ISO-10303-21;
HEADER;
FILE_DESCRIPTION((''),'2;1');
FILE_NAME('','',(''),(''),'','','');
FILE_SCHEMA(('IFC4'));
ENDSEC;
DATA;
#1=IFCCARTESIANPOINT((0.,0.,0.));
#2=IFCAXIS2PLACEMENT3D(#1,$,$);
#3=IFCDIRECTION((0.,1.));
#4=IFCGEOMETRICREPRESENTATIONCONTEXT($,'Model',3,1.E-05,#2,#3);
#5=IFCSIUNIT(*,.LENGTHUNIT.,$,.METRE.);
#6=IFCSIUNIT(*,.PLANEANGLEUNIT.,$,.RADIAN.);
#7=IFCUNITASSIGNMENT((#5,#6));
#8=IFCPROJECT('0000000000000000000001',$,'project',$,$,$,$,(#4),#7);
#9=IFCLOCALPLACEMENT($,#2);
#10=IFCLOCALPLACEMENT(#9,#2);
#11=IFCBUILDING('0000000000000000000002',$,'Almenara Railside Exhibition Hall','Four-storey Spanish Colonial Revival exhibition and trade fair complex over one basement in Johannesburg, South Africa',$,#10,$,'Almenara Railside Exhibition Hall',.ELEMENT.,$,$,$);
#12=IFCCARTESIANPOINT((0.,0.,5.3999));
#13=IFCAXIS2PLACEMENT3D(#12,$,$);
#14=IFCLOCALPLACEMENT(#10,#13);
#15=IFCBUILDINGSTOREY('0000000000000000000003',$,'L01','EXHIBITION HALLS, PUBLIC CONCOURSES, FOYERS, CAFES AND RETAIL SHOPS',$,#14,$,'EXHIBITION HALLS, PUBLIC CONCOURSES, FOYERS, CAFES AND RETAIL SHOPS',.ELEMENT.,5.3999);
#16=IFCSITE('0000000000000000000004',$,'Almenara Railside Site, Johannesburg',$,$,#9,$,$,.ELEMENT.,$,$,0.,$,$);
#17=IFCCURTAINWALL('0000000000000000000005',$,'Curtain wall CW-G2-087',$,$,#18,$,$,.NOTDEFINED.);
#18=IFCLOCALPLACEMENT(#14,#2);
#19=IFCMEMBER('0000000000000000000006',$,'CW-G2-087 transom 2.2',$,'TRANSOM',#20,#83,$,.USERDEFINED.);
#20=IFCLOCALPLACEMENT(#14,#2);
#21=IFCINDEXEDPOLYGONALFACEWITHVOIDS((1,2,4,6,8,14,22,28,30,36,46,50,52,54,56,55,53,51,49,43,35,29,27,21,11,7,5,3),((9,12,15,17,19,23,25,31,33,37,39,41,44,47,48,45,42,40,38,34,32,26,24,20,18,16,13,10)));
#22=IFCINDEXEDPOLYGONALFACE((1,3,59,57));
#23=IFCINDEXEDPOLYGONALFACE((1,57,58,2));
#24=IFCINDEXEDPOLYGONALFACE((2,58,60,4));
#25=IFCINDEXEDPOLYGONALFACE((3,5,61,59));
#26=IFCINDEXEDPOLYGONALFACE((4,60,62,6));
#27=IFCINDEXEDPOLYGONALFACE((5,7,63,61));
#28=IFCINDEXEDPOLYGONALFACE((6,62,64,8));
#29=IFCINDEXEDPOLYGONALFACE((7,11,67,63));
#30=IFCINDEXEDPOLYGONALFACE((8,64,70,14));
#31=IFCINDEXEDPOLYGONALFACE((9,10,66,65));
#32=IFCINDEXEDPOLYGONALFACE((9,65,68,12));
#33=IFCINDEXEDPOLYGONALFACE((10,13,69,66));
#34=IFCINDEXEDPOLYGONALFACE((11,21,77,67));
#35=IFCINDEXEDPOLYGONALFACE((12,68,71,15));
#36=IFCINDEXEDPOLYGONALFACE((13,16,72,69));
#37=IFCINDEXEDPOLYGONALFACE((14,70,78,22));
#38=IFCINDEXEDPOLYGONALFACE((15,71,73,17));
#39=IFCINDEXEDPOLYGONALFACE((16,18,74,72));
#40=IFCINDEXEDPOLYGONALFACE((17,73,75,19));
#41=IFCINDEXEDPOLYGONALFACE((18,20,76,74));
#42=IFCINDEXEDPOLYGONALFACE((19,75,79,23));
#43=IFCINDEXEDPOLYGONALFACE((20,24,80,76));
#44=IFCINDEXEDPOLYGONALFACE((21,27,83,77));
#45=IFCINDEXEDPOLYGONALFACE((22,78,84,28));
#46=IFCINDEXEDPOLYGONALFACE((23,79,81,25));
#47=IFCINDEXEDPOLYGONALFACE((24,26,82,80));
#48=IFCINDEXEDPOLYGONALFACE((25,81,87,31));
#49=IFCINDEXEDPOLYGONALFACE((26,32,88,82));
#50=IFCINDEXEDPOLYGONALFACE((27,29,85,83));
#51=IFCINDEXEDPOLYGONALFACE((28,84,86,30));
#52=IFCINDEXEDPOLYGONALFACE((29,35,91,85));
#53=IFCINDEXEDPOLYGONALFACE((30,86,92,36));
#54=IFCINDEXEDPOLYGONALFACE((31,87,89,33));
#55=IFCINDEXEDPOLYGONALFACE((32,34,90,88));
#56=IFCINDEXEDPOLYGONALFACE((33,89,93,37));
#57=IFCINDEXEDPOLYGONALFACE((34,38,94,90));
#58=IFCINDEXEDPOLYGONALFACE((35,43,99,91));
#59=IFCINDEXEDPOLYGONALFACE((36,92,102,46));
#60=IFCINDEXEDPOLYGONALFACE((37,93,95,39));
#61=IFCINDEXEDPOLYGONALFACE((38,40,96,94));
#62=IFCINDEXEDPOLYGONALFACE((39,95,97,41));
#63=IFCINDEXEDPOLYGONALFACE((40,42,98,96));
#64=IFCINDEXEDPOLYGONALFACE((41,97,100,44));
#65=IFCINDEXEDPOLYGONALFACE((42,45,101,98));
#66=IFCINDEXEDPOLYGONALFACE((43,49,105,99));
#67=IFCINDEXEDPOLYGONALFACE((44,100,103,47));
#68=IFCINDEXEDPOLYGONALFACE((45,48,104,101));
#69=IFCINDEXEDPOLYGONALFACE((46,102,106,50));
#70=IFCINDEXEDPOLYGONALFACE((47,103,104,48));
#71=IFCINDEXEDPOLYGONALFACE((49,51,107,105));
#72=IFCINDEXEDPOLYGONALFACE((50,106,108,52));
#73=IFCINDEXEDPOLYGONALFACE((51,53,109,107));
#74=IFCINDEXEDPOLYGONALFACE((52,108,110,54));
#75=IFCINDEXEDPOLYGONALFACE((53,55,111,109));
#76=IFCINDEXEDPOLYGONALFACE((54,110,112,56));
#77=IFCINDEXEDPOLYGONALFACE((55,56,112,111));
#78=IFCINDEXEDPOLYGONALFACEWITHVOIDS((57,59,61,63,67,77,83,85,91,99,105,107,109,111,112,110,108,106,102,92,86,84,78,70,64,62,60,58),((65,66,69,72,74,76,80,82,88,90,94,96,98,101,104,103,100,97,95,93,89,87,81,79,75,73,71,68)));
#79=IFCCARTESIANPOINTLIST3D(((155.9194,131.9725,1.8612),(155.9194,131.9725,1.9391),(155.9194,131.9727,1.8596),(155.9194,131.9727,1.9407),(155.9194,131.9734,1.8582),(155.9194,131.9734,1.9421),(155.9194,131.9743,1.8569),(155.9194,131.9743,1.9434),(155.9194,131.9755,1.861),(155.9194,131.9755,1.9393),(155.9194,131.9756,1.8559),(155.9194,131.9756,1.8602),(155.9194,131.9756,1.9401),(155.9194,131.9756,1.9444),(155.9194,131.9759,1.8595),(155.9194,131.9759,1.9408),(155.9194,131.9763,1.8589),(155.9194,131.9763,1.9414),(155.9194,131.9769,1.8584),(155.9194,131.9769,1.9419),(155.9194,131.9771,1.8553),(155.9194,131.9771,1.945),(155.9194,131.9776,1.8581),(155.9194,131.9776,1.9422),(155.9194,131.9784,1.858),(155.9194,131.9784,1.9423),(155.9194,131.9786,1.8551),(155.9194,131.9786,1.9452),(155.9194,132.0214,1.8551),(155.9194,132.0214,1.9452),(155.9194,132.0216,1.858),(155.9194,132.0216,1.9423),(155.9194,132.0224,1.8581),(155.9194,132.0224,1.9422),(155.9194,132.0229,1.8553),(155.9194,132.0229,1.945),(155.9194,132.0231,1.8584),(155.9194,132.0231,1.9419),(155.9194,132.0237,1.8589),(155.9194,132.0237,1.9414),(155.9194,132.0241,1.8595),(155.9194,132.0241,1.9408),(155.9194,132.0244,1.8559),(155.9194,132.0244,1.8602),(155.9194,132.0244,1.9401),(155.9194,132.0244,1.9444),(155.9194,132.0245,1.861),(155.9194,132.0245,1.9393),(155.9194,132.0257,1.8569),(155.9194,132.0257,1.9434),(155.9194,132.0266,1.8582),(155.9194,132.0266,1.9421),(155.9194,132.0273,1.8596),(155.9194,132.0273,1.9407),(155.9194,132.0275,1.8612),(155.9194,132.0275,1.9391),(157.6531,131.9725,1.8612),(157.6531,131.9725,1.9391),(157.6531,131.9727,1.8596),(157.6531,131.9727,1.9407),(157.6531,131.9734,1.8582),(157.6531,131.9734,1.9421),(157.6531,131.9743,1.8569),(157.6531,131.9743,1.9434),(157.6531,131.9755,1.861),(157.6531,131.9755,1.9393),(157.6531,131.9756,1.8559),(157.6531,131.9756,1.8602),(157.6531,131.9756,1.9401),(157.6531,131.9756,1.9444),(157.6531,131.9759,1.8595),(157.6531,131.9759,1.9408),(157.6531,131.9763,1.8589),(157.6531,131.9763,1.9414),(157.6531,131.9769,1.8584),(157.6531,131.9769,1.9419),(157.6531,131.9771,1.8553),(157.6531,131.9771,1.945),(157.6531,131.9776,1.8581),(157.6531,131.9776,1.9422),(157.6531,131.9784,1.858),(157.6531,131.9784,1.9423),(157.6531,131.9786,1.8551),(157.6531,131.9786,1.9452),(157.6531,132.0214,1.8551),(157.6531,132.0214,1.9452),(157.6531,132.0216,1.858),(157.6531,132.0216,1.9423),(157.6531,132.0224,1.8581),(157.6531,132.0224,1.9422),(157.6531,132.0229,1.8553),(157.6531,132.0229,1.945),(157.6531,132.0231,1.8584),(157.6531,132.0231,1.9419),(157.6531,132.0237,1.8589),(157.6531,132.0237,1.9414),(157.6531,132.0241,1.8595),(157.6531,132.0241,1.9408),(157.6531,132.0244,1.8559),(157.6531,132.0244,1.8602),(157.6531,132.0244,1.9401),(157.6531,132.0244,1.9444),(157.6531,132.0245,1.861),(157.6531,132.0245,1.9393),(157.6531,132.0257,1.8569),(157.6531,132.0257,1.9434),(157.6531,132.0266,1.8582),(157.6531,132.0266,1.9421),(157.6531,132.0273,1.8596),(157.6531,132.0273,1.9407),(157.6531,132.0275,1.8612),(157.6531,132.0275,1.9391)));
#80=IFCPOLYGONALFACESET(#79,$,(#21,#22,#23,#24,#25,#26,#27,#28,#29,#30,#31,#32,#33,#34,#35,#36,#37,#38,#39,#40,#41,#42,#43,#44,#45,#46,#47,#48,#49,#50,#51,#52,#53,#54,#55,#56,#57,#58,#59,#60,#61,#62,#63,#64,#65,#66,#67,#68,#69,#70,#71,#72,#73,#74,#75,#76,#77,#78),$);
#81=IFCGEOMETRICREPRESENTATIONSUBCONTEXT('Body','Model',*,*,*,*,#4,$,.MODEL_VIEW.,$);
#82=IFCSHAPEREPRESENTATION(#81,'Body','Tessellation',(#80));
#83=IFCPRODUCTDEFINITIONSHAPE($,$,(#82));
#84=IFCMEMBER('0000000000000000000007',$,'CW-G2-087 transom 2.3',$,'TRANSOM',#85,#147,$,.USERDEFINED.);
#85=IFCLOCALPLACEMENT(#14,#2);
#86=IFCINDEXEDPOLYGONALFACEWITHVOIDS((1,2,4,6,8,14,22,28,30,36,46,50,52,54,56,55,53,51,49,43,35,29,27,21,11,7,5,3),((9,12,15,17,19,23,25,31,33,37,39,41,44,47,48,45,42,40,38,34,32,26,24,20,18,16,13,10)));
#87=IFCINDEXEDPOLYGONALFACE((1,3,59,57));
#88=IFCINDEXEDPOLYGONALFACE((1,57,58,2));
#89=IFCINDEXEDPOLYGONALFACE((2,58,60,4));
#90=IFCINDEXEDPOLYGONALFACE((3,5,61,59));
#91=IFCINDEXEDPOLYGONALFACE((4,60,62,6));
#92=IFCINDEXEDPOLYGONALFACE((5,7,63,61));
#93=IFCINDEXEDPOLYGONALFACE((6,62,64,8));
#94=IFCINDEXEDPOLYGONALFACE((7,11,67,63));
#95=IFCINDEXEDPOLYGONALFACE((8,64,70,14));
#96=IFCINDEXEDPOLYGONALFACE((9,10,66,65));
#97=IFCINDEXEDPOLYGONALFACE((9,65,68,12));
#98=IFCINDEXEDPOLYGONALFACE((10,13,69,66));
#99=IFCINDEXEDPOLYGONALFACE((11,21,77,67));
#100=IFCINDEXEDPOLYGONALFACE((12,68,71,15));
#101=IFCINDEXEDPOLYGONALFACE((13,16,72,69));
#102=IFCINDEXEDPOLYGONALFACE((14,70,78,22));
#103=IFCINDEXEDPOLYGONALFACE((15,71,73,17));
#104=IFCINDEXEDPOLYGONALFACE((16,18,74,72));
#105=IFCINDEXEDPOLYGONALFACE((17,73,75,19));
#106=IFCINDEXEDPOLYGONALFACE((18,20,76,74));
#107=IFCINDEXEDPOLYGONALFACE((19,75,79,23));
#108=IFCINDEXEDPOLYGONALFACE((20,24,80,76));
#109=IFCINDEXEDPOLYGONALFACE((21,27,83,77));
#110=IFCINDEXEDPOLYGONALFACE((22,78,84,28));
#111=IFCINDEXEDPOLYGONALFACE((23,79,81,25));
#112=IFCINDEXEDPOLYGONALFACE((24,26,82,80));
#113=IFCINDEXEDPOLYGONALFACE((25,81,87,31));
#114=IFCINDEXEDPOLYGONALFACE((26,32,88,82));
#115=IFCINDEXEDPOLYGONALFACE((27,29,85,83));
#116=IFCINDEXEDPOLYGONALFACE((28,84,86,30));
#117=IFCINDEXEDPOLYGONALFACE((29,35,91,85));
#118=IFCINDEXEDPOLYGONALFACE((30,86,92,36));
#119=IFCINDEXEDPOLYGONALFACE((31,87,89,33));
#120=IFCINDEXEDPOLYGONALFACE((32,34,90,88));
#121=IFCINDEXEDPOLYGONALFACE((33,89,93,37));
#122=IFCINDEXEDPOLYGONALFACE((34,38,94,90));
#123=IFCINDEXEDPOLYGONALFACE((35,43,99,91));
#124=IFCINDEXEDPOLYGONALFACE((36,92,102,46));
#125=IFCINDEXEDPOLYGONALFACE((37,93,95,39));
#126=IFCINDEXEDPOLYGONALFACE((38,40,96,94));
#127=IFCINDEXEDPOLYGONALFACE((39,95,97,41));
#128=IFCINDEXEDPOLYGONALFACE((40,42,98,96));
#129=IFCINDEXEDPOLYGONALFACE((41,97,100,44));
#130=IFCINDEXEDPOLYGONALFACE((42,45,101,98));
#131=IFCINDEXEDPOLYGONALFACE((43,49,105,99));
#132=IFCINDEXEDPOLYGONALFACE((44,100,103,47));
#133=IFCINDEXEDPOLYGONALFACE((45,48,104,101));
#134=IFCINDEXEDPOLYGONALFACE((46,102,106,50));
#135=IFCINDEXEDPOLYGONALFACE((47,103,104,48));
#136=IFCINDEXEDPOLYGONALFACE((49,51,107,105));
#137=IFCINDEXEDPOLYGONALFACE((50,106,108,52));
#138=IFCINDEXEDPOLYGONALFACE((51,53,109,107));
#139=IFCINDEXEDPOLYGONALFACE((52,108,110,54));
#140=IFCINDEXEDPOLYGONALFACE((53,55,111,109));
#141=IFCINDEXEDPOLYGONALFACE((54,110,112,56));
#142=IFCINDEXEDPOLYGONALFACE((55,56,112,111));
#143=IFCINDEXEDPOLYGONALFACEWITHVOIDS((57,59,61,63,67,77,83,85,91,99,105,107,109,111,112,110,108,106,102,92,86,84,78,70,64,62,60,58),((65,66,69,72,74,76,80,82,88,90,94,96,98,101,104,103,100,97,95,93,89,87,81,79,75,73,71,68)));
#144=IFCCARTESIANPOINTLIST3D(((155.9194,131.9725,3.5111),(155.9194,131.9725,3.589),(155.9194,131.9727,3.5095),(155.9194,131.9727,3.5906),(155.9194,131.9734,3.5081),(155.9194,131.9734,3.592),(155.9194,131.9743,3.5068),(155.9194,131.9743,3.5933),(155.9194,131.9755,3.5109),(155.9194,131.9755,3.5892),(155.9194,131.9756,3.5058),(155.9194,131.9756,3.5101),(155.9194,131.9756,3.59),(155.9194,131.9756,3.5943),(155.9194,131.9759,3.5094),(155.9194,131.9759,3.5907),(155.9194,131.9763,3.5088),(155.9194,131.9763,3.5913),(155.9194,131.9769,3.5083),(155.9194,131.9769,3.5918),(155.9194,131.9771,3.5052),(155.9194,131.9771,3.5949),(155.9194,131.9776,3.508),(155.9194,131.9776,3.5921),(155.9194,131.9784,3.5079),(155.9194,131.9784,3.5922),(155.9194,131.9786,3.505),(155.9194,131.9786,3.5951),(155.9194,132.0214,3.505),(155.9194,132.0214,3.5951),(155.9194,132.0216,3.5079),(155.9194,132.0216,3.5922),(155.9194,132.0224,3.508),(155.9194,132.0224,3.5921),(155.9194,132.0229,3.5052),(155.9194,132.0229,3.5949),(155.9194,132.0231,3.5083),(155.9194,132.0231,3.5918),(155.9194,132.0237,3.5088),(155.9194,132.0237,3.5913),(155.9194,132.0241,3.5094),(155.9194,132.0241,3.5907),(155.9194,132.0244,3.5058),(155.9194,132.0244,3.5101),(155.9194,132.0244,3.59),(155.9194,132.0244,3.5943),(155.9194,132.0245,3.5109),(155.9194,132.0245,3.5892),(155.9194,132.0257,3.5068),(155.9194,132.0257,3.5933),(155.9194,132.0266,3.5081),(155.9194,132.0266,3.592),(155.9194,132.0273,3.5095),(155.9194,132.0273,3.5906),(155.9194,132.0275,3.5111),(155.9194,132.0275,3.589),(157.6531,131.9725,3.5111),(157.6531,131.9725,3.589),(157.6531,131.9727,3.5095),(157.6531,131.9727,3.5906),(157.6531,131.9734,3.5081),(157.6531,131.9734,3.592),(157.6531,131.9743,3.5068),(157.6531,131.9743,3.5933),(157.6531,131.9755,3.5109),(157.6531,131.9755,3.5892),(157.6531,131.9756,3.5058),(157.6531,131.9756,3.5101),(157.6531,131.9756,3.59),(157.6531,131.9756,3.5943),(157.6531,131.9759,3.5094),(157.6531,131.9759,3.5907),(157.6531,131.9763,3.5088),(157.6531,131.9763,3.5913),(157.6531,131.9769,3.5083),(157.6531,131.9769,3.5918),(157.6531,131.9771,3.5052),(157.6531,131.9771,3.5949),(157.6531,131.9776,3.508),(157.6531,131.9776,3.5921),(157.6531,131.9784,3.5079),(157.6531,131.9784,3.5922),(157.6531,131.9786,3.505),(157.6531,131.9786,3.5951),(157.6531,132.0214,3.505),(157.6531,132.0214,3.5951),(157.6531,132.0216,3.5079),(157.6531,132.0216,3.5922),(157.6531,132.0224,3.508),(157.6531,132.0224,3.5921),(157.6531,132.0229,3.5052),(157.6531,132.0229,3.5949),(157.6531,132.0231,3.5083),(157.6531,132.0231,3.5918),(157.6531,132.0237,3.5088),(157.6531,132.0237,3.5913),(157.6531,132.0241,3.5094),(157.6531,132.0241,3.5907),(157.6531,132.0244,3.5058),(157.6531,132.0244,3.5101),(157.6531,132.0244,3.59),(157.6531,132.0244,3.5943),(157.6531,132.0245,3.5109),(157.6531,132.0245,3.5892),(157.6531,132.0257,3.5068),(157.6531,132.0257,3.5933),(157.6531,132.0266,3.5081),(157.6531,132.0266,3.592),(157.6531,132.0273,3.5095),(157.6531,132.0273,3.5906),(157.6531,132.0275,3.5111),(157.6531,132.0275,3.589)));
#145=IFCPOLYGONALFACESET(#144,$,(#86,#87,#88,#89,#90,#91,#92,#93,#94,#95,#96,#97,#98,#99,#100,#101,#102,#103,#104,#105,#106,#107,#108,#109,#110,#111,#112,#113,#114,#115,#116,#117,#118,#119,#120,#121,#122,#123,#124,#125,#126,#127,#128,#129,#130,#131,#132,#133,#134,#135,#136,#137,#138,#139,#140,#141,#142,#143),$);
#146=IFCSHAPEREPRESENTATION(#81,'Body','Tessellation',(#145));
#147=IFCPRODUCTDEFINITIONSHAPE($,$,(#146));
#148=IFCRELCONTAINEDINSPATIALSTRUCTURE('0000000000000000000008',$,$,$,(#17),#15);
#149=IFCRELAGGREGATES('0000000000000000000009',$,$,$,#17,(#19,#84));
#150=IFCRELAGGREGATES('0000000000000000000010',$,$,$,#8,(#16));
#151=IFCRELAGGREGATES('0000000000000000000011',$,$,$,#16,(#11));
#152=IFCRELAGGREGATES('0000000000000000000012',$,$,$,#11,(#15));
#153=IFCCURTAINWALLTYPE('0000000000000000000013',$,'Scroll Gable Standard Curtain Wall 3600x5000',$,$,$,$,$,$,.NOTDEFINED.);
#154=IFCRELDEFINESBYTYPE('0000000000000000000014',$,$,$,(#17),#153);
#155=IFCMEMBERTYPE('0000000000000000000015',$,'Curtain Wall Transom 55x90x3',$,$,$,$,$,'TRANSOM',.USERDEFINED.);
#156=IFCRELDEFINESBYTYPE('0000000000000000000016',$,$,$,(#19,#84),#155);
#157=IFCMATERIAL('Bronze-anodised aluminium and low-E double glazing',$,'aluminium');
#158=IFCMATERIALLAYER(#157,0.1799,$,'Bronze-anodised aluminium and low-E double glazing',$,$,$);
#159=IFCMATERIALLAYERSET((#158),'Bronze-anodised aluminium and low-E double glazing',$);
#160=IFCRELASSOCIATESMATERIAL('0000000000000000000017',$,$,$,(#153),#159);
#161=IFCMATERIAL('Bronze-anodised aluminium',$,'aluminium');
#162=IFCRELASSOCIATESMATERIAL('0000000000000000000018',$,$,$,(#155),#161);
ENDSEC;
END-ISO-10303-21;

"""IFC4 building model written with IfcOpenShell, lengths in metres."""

from ifc_helpers import new_model, si_unit, direction, frame, origin, origin_2d, place, context, subcontext, project, spatial, hollow_rectangle, extrude, material, layer, layer_set, material_profile, profile_set, type_object, element, aggregate, save


model = new_model("IFC4")

# Units and contexts
model_context = context("Model", 3, precision=1e-05, world=origin(), true_north=direction((0.0, 1.0)))
body_context = subcontext(model_context, "Body", "Model", "MODEL_VIEW")
ifc_project = project(units=[si_unit("LENGTHUNIT", "METRE"), si_unit("PLANEANGLEUNIT", "RADIAN")], contexts=[model_context])

# Site, building, storey
site_placement = place(None, origin())
site = spatial("IfcSite", under=ifc_project, at=site_placement, Name="Almenara Railside Site, Johannesburg", CompositionType="ELEMENT", RefElevation=0.0)
building_placement = place(site_placement, origin())
building = spatial("IfcBuilding", under=site, at=building_placement, Name="Almenara Railside Exhibition Hall", Description="Four-storey Spanish Colonial Revival exhibition and trade fair complex over one basement in Johannesburg, South Africa", LongName="Almenara Railside Exhibition Hall", CompositionType="ELEMENT")
storey_placement = place(building_placement, frame((0.0, 0.0, 5.3999)))
storey = spatial("IfcBuildingStorey", under=building, at=storey_placement, Name="L01", Description="EXHIBITION HALLS, PUBLIC CONCOURSES, FOYERS, CAFES AND RETAIL SHOPS", LongName="EXHIBITION HALLS, PUBLIC CONCOURSES, FOYERS, CAFES AND RETAIL SHOPS", CompositionType="ELEMENT", Elevation=5.3999)

# Curtain wall
ifc_material_1 = material(Name="Bronze-anodised aluminium and low-E double glazing", Category="aluminium")
ifc_layer_1 = layer(ifc_material_1, 0.1799, Name="Bronze-anodised aluminium and low-E double glazing")
ifc_layer_set_1 = layer_set([ifc_layer_1], Name="Bronze-anodised aluminium and low-E double glazing")
curtain_wall_type_1 = type_object("IfcCurtainWallType", Name="Scroll Gable Standard Curtain Wall 3600x5000", PredefinedType="NOTDEFINED", material=ifc_layer_set_1)
curtain_wall_1_placement = place(storey_placement, origin())
curtain_wall_1 = element("IfcCurtainWall", 1, at=curtain_wall_1_placement, inside=storey, type_object=curtain_wall_type_1, Name="Curtain wall CW-G2-087", PredefinedType="NOTDEFINED")
ifc_material_2 = material(Name="Bronze-anodised aluminium", Category="aluminium")

# Members
ifc_material_profile_1 = material_profile(ifc_material_2, hollow_rectangle(XDim=0.0549, YDim=0.0901, WallThickness=0.0029, InnerFilletRadius=0.0029, OuterFilletRadius=0.0061, at=origin_2d()), Name="ALU-TRN 55x90x3")
ifc_profile_set_1 = profile_set([ifc_material_profile_1], Name="Bronze-anodised aluminium")
member_type_1 = type_object("IfcMemberType", Name="Curtain Wall Transom 55x90x3", ElementType="TRANSOM", PredefinedType="USERDEFINED", material=ifc_profile_set_1)
member_1_placement = place(storey_placement, frame((155.9194, 132.0, 1.9001), z_axis=(1.0, 0.0, 0.0), x_axis=(0.0, 1.0, 0.0)))
member_1 = element("IfcMember", 2, at=member_1_placement, type_object=member_type_1, Name="CW-G2-087 transom 2.2", ObjectType="TRANSOM", PredefinedType="USERDEFINED", context=body_context, shape_type="SweptSolid", body=[
    extrude(hollow_rectangle(XDim=0.0549, YDim=0.0901, WallThickness=0.0029, InnerFilletRadius=0.0029, OuterFilletRadius=0.0061, at=origin_2d()), origin(), (0.0, 0.0, 1.0), 1.7336),
])
member_2_placement = place(storey_placement, frame((155.9194, 132.0, 3.55), z_axis=(1.0, 0.0, 0.0), x_axis=(0.0, 1.0, 0.0)))
member_2 = element("IfcMember", 3, at=member_2_placement, type_object=member_type_1, Name="CW-G2-087 transom 2.3", ObjectType="TRANSOM", PredefinedType="USERDEFINED", context=body_context, shape_type="SweptSolid", body=[
    extrude(hollow_rectangle(XDim=0.0549, YDim=0.0901, WallThickness=0.0029, InnerFilletRadius=0.0029, OuterFilletRadius=0.0061, at=origin_2d()), origin(), (0.0, 0.0, 1.0), 1.7336),
])

aggregate(curtain_wall_1, [member_1, member_2])

save(model, "model.ifc")
